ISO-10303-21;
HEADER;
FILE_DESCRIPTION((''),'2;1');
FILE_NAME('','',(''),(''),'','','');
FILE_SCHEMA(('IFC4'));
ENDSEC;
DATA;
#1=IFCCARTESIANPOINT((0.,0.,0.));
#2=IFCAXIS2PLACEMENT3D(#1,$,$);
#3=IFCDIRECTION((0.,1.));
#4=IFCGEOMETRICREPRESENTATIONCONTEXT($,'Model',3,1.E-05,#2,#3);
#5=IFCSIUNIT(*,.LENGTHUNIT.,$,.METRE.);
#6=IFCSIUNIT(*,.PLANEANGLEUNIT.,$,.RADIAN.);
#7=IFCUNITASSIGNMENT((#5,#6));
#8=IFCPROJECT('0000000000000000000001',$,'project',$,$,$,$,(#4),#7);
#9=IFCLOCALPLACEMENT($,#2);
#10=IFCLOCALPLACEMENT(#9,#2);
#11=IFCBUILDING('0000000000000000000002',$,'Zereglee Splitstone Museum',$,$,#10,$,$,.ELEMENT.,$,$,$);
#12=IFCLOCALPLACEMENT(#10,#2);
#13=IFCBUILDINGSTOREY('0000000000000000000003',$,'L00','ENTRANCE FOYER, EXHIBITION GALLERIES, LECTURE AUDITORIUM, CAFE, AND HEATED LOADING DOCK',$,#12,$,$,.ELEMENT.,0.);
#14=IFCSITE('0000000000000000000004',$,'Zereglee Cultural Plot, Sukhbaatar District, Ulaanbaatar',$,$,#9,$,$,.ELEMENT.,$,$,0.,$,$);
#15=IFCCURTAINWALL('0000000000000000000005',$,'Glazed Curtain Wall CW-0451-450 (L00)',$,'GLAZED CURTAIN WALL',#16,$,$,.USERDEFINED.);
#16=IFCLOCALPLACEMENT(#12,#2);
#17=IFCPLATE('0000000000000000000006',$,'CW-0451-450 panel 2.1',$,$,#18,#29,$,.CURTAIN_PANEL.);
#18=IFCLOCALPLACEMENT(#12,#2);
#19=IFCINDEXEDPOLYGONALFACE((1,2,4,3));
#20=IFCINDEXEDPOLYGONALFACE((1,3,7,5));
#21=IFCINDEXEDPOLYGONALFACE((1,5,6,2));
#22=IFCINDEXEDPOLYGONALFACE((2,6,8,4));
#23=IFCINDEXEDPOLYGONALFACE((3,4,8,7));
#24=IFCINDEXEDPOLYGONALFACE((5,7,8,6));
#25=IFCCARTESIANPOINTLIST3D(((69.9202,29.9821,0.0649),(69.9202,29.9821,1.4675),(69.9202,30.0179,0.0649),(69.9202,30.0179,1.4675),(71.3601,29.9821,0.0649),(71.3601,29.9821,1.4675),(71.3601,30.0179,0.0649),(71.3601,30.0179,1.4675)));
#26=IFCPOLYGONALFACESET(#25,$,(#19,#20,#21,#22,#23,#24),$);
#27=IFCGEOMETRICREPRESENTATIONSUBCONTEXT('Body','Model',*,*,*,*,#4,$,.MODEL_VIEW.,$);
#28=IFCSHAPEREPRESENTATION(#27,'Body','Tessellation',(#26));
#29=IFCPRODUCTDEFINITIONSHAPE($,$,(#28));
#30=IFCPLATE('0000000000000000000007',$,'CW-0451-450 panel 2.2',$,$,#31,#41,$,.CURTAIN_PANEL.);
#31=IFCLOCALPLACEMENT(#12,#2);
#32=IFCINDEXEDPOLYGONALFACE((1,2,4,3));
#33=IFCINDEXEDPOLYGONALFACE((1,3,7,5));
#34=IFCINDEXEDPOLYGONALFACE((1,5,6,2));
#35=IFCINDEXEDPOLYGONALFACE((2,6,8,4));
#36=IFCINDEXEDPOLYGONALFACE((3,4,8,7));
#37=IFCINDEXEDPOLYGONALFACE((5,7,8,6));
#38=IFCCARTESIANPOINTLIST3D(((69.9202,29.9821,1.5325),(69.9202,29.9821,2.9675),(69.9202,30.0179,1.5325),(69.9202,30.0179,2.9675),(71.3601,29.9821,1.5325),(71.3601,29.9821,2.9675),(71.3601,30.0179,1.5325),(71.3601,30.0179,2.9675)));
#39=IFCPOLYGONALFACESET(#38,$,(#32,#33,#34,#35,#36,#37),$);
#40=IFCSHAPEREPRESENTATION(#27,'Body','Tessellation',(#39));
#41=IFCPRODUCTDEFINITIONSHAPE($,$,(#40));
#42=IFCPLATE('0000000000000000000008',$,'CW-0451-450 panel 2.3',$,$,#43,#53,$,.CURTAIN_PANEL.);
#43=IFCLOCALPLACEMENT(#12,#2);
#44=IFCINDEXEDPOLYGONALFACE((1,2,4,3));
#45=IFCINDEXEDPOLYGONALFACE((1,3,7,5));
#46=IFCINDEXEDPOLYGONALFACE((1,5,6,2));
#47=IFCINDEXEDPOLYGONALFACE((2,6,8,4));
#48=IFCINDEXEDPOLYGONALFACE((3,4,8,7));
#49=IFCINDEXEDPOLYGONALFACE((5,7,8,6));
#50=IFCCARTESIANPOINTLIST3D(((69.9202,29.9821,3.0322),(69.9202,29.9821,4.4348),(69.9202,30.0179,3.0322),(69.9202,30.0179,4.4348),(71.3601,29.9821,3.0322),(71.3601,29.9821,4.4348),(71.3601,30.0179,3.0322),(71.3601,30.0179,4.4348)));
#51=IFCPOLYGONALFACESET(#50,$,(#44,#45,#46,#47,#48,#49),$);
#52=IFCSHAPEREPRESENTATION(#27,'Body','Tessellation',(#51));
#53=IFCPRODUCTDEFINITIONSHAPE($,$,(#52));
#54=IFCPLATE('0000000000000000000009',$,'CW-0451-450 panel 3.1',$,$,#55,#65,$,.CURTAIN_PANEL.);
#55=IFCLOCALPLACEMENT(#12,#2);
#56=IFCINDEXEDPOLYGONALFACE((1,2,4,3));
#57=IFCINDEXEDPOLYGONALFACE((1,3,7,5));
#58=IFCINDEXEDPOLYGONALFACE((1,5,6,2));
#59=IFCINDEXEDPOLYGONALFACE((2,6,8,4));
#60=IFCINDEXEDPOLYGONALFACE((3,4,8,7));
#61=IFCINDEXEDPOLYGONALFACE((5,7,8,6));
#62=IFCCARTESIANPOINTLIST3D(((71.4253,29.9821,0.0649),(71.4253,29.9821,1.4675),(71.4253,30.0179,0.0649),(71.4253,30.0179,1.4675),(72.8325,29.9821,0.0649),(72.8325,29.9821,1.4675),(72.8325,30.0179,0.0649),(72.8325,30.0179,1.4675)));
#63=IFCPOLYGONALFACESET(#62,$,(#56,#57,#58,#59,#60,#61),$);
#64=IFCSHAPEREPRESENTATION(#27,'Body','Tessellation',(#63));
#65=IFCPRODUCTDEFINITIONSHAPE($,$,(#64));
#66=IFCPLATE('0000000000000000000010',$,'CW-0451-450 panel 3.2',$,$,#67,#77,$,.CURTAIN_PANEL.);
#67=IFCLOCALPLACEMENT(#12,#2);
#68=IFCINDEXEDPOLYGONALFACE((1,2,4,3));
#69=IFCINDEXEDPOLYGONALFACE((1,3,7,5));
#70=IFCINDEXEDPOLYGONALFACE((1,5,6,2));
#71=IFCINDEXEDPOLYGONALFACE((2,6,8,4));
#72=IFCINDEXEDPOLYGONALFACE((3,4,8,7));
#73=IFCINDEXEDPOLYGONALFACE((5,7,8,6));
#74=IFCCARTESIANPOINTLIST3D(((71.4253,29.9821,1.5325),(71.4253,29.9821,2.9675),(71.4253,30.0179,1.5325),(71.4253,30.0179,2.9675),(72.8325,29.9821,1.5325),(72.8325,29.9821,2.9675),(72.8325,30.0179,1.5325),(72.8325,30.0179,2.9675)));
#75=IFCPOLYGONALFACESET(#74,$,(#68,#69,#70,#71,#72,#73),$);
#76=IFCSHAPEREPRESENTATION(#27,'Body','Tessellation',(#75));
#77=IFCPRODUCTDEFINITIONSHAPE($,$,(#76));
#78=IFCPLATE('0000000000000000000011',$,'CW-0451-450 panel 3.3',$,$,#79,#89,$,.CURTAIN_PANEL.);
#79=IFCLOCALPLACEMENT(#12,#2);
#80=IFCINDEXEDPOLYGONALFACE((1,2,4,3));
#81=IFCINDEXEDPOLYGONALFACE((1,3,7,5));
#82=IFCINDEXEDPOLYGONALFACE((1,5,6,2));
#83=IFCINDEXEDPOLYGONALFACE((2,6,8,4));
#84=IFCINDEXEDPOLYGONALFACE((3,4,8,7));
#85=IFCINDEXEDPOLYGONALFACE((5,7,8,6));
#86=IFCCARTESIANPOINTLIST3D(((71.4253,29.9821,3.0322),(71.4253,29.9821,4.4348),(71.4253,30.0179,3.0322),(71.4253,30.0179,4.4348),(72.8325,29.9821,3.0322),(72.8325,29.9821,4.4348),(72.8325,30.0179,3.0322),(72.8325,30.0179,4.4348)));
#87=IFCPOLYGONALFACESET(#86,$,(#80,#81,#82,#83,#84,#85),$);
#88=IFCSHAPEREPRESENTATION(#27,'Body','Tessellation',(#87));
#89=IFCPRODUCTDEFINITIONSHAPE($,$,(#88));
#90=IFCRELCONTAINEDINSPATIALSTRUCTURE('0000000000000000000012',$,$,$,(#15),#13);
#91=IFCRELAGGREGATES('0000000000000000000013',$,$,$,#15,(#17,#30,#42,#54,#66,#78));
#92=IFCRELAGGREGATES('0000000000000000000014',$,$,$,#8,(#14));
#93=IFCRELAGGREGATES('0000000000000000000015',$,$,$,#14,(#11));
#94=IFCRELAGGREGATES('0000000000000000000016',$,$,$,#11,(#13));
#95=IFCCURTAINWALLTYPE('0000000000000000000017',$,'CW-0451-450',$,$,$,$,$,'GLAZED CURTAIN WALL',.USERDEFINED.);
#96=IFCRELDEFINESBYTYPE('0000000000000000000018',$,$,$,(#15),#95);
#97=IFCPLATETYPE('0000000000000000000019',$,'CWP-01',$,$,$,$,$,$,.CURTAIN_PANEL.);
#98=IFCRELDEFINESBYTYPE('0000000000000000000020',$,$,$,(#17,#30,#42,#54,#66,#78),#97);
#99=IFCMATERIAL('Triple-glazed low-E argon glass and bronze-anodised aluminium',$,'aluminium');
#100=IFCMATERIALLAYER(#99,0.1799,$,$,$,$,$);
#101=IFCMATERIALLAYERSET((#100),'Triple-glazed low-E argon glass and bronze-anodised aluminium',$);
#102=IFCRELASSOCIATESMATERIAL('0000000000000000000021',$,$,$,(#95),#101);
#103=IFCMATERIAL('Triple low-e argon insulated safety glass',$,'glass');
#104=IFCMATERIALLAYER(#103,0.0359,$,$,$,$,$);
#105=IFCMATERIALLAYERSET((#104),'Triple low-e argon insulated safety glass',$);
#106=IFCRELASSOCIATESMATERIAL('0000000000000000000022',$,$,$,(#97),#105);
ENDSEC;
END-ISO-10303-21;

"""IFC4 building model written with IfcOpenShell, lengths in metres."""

from ifc_helpers import new_model, si_unit, direction, frame, origin, origin_2d, place, context, subcontext, project, spatial, rectangle, extrude, material, layer, layer_set, type_object, element, aggregate, save


model = new_model("IFC4")

# Units and contexts
model_context = context("Model", 3, precision=1e-05, world=origin(), true_north=direction((0.0, 1.0)))
body_context = subcontext(model_context, "Body", "Model", "MODEL_VIEW")
ifc_project = project(units=[si_unit("LENGTHUNIT", "METRE"), si_unit("PLANEANGLEUNIT", "RADIAN")], contexts=[model_context])

# Site, building, storey
site_placement = place(None, origin())
site = spatial("IfcSite", under=ifc_project, at=site_placement, Name="Zereglee Cultural Plot, Sukhbaatar District, Ulaanbaatar", CompositionType="ELEMENT", RefElevation=0.0)
building_placement = place(site_placement, origin())
building = spatial("IfcBuilding", under=site, at=building_placement, Name="Zereglee Splitstone Museum", CompositionType="ELEMENT")
storey_placement = place(building_placement, origin())
storey = spatial("IfcBuildingStorey", under=building, at=storey_placement, Name="L00", Description="ENTRANCE FOYER, EXHIBITION GALLERIES, LECTURE AUDITORIUM, CAFE, AND HEATED LOADING DOCK", CompositionType="ELEMENT", Elevation=0.0)

# Curtain wall
ifc_material_1 = material(Name="Triple-glazed low-E argon glass and bronze-anodised aluminium", Category="aluminium")
ifc_layer_1 = layer(ifc_material_1, 0.1799)
ifc_layer_set_1 = layer_set([ifc_layer_1], Name="Triple-glazed low-E argon glass and bronze-anodised aluminium")
curtain_wall_type_1 = type_object("IfcCurtainWallType", Name="CW-0451-450", ElementType="GLAZED CURTAIN WALL", PredefinedType="USERDEFINED", material=ifc_layer_set_1)
curtain_wall_1_placement = place(storey_placement, origin())
curtain_wall_1 = element("IfcCurtainWall", 1, at=curtain_wall_1_placement, inside=storey, type_object=curtain_wall_type_1, Name="Glazed Curtain Wall CW-0451-450 (L00)", ObjectType="GLAZED CURTAIN WALL", PredefinedType="USERDEFINED")

# Plates
ifc_material_2 = material(Name="Triple low-e argon insulated safety glass", Category="glass")
ifc_layer_2 = layer(ifc_material_2, 0.0359)
ifc_layer_set_2 = layer_set([ifc_layer_2], Name="Triple low-e argon insulated safety glass")
plate_type = type_object("IfcPlateType", Name="CWP-01", PredefinedType="CURTAIN_PANEL", material=ifc_layer_set_2)
plate_1_placement = place(storey_placement, frame((70.6401, 30.0, 0.0649), z_axis=(0.0, 0.0, 1.0), x_axis=(1.0, 0.0, 0.0)))
plate_1 = element("IfcPlate", 2, at=plate_1_placement, type_object=plate_type, Name="CW-0451-450 panel 2.1", PredefinedType="CURTAIN_PANEL", context=body_context, shape_type="SweptSolid", body=[
    extrude(rectangle(XDim=1.4399, YDim=0.0359, at=origin_2d()), origin(), (0.0, 0.0, 1.0), 1.4026),
])
plate_2_placement = place(storey_placement, frame((70.6401, 30.0, 1.5325), z_axis=(0.0, 0.0, 1.0), x_axis=(1.0, 0.0, 0.0)))
plate_2 = element("IfcPlate", 3, at=plate_2_placement, type_object=plate_type, Name="CW-0451-450 panel 2.2", PredefinedType="CURTAIN_PANEL", context=body_context, shape_type="SweptSolid", body=[
    extrude(rectangle(XDim=1.4399, YDim=0.0359, at=origin_2d()), origin(), (0.0, 0.0, 1.0), 1.4351),
])
plate_3_placement = place(storey_placement, frame((70.6401, 30.0, 3.0322), z_axis=(0.0, 0.0, 1.0), x_axis=(1.0, 0.0, 0.0)))
plate_3 = element("IfcPlate", 4, at=plate_3_placement, type_object=plate_type, Name="CW-0451-450 panel 2.3", PredefinedType="CURTAIN_PANEL", context=body_context, shape_type="SweptSolid", body=[
    extrude(rectangle(XDim=1.4399, YDim=0.0359, at=origin_2d()), origin(), (0.0, 0.0, 1.0), 1.4026),
])
plate_4_placement = place(storey_placement, frame((72.1289, 30.0, 0.0649), z_axis=(0.0, 0.0, 1.0), x_axis=(1.0, 0.0, 0.0)))
plate_4 = element("IfcPlate", 5, at=plate_4_placement, type_object=plate_type, Name="CW-0451-450 panel 3.1", PredefinedType="CURTAIN_PANEL", context=body_context, shape_type="SweptSolid", body=[
    extrude(rectangle(XDim=1.4072, YDim=0.0359, at=origin_2d()), origin(), (0.0, 0.0, 1.0), 1.4026),
])
plate_5_placement = place(storey_placement, frame((72.1289, 30.0, 1.5325), z_axis=(0.0, 0.0, 1.0), x_axis=(1.0, 0.0, 0.0)))
plate_5 = element("IfcPlate", 6, at=plate_5_placement, type_object=plate_type, Name="CW-0451-450 panel 3.2", PredefinedType="CURTAIN_PANEL", context=body_context, shape_type="SweptSolid", body=[
    extrude(rectangle(XDim=1.4072, YDim=0.0359, at=origin_2d()), origin(), (0.0, 0.0, 1.0), 1.4351),
])
plate_6_placement = place(storey_placement, frame((72.1289, 30.0, 3.0322), z_axis=(0.0, 0.0, 1.0), x_axis=(1.0, 0.0, 0.0)))
plate_6 = element("IfcPlate", 7, at=plate_6_placement, type_object=plate_type, Name="CW-0451-450 panel 3.3", PredefinedType="CURTAIN_PANEL", context=body_context, shape_type="SweptSolid", body=[
    extrude(rectangle(XDim=1.4072, YDim=0.0359, at=origin_2d()), origin(), (0.0, 0.0, 1.0), 1.4026),
])
aggregate(curtain_wall_1, [plate_1, plate_2, plate_3, plate_4, plate_5, plate_6])

save(model, "model.ifc")
